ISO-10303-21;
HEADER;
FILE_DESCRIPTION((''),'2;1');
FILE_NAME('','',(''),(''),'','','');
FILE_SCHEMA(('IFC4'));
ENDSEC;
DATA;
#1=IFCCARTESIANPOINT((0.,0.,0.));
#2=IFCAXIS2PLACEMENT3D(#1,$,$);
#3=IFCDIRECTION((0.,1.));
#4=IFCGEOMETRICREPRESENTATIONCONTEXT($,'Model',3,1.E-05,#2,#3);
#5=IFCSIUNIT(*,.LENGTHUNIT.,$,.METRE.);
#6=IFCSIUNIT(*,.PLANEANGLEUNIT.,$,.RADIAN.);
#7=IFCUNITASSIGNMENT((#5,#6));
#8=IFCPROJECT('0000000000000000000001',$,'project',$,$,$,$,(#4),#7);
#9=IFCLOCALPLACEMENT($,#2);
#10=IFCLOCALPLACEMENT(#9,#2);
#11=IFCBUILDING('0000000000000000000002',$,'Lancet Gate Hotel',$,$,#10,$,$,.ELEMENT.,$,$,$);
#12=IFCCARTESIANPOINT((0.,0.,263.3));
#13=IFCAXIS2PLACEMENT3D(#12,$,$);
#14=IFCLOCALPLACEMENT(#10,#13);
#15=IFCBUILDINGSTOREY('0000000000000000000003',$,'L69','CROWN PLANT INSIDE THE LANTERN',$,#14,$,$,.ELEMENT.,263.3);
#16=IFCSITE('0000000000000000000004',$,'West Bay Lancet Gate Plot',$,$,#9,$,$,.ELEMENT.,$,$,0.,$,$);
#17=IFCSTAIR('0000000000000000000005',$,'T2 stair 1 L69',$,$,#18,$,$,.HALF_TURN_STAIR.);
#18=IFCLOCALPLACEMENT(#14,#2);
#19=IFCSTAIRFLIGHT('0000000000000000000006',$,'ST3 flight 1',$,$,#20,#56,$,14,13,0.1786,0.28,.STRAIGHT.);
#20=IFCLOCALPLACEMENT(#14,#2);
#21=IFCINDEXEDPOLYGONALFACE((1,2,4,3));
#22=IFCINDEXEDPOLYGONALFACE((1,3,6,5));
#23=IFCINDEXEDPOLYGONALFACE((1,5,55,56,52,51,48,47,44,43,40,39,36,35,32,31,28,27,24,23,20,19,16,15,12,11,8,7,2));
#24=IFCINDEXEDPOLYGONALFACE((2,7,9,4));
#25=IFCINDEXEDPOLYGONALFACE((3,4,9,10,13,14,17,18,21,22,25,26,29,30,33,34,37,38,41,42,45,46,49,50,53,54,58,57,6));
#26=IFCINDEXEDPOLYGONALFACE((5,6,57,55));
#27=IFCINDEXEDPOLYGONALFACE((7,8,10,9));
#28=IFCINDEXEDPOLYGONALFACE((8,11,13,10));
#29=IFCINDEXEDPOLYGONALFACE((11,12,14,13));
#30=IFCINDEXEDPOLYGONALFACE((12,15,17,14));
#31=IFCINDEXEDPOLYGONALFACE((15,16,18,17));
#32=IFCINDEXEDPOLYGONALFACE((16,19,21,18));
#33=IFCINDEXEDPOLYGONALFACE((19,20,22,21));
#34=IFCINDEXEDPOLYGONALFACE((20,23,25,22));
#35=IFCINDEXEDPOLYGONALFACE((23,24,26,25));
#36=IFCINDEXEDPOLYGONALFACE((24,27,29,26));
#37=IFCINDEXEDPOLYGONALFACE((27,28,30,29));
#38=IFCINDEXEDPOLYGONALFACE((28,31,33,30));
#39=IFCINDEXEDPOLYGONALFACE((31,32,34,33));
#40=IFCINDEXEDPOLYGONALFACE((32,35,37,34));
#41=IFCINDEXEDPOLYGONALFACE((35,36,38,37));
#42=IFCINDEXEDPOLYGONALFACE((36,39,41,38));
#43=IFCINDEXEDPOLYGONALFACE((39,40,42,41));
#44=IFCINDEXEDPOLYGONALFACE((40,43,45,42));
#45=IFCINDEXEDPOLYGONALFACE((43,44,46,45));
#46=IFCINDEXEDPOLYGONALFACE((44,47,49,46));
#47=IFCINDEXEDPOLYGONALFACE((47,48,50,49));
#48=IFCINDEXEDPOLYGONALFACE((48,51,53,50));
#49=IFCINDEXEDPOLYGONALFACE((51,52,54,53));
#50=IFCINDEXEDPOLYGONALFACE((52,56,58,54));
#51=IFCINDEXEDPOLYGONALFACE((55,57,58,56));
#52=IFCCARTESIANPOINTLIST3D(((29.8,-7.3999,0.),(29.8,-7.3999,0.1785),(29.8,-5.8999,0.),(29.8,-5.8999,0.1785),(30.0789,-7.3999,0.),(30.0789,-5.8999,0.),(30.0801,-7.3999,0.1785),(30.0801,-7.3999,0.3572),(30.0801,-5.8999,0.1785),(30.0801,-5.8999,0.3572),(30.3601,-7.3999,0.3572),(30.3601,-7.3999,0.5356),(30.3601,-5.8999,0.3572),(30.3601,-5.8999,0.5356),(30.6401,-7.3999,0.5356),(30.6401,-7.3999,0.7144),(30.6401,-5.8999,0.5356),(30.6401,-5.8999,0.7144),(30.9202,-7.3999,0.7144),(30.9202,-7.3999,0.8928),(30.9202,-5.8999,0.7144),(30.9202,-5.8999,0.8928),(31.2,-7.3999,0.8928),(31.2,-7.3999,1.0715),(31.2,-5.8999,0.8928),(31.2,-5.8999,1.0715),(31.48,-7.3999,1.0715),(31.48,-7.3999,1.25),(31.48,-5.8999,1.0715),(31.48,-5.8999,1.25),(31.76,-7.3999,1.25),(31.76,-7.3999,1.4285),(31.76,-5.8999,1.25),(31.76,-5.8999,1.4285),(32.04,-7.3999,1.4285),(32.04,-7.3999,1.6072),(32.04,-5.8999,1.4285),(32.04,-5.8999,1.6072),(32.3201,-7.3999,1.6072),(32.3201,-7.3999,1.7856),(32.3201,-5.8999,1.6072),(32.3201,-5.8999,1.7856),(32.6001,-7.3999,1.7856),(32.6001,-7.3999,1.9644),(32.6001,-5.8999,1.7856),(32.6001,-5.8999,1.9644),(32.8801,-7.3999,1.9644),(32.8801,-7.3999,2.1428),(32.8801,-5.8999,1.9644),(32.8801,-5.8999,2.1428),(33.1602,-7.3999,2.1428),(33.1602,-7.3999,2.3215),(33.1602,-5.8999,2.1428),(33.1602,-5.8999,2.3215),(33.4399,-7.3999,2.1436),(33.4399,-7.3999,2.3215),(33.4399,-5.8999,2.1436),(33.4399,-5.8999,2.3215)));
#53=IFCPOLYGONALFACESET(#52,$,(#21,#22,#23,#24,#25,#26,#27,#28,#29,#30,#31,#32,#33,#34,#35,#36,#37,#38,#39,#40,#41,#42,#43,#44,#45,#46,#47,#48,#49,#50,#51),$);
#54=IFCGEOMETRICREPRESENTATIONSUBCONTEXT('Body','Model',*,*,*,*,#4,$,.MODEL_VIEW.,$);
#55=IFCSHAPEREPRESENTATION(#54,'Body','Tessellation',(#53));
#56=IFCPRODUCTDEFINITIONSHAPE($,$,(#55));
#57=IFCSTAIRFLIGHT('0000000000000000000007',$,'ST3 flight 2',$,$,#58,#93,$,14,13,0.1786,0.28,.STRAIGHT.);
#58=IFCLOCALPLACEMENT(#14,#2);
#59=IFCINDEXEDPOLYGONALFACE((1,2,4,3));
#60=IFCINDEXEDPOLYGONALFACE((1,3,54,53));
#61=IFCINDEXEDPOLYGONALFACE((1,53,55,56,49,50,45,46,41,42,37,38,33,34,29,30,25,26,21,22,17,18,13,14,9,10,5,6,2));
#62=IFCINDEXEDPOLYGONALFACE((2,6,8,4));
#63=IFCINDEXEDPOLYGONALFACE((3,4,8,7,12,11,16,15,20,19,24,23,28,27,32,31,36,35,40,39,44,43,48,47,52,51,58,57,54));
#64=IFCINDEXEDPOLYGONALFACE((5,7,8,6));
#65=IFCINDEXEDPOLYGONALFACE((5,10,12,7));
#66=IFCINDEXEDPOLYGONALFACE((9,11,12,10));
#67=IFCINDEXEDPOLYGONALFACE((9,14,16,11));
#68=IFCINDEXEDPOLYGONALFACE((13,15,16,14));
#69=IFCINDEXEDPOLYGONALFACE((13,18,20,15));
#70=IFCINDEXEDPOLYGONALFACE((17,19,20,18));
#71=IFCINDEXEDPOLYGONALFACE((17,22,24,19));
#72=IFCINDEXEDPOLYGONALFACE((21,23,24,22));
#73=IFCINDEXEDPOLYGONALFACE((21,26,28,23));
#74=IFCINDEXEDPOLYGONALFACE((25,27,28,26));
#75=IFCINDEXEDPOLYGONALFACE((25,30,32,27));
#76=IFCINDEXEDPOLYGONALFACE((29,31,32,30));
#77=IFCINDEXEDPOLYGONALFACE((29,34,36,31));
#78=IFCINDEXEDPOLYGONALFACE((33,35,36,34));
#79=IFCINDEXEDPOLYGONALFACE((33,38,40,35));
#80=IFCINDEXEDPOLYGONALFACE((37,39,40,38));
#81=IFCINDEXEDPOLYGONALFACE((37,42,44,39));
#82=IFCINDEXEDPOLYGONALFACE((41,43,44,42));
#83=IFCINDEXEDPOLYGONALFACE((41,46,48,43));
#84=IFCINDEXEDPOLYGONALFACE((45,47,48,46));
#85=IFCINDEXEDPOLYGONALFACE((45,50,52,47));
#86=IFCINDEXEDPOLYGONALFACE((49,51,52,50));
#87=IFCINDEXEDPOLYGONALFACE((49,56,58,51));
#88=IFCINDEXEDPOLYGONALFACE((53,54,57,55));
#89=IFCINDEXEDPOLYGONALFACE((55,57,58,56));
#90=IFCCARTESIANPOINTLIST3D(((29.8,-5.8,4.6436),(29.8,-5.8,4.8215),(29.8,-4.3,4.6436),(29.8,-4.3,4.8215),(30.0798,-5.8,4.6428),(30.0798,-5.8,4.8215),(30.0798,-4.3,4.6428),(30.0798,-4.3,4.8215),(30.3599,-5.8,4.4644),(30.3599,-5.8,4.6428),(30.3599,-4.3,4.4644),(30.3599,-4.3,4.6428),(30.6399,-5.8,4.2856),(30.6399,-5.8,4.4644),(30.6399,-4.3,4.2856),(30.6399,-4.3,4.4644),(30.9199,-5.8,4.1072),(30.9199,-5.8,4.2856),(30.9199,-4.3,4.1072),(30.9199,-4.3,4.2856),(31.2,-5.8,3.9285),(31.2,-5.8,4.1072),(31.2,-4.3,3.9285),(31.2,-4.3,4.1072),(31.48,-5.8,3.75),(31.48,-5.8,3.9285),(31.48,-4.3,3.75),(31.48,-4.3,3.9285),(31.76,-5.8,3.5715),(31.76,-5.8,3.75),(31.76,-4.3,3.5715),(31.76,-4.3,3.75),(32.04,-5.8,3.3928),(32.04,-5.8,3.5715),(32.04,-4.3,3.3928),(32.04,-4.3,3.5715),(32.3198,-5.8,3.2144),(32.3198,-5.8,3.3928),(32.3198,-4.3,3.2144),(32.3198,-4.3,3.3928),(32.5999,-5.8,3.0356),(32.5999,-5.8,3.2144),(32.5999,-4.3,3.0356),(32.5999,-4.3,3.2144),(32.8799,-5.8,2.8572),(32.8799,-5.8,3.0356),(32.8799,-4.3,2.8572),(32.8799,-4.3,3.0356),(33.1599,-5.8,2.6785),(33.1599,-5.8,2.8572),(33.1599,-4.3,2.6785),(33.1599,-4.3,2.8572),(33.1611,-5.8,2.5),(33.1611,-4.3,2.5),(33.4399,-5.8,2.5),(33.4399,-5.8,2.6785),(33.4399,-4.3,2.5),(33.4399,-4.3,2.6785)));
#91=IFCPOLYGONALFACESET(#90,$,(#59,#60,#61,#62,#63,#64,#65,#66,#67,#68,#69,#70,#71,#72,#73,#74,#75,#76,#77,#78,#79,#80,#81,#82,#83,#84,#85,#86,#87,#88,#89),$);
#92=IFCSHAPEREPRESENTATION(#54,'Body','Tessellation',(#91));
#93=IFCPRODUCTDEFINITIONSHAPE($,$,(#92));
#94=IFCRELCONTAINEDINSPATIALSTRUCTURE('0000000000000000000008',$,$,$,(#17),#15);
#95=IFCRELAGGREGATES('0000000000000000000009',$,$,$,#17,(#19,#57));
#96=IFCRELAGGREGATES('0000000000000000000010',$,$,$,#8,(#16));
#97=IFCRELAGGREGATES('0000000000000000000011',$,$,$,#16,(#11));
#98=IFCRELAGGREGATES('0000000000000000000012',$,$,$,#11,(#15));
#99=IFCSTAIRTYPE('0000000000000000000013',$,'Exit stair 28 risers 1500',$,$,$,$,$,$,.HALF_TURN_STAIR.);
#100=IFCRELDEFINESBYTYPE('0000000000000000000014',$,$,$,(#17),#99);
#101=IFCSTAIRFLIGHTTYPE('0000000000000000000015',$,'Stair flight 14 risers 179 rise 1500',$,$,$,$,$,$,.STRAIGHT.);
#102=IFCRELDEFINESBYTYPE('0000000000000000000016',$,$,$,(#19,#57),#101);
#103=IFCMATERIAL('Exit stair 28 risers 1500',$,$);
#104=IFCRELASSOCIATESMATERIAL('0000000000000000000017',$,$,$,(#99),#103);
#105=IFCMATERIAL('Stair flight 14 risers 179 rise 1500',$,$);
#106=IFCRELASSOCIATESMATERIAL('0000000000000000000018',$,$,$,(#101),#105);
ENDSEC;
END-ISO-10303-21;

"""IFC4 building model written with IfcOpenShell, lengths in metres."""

from ifc_helpers import new_model, si_unit, direction, frame, origin, place, context, subcontext, project, spatial, polyline, outline, extrude, material, type_object, element, aggregate, save


model = new_model("IFC4")

# Units and contexts
model_context = context("Model", 3, precision=1e-05, world=origin(), true_north=direction((0.0, 1.0)))
body_context = subcontext(model_context, "Body", "Model", "MODEL_VIEW")
ifc_project = project(units=[si_unit("LENGTHUNIT", "METRE"), si_unit("PLANEANGLEUNIT", "RADIAN")], contexts=[model_context])

# Site, building, storey
site_placement = place(None, origin())
site = spatial("IfcSite", under=ifc_project, at=site_placement, Name="West Bay Lancet Gate Plot", CompositionType="ELEMENT", RefElevation=0.0)
building_placement = place(site_placement, origin())
building = spatial("IfcBuilding", under=site, at=building_placement, Name="Lancet Gate Hotel", CompositionType="ELEMENT")
storey_placement = place(building_placement, frame((0.0, 0.0, 263.3)))
storey = spatial("IfcBuildingStorey", under=building, at=storey_placement, Name="L69", Description="CROWN PLANT INSIDE THE LANTERN", CompositionType="ELEMENT", Elevation=263.3)

# Stair, stair flights
ifc_material_1 = material(Name="Exit stair 28 risers 1500")
stair_type = type_object("IfcStairType", Name="Exit stair 28 risers 1500", PredefinedType="HALF_TURN_STAIR", material=ifc_material_1)
stair_placement = place(storey_placement, origin())
stair = element("IfcStair", 1, at=stair_placement, inside=storey, type_object=stair_type, Name="T2 stair 1 L69", PredefinedType="HALF_TURN_STAIR")
ifc_material_2 = material(Name="Stair flight 14 risers 179 rise 1500")
stair_flight_type = type_object("IfcStairFlightType", Name="Stair flight 14 risers 179 rise 1500", PredefinedType="STRAIGHT", material=ifc_material_2)
stair_flight_1_placement = place(storey_placement, frame((29.8, -6.6499, 0.0), z_axis=(0.0, 0.0, 1.0), x_axis=(1.0, 0.0, 0.0)))
stair_flight_1 = element("IfcStairFlight", 2, at=stair_flight_1_placement, type_object=stair_flight_type, Name="ST3 flight 1", NumberOfRisers=14, NumberOfTreads=13, PredefinedType="STRAIGHT", RiserHeight=0.1786, TreadLength=0.28, context=body_context, shape_type="SweptSolid", body=[
    extrude(outline(polyline([(0.0, 0.0), (0.0, 0.1785), (0.28, 0.1785), (0.28, 0.3572), (0.5601, 0.3572), (0.5601, 0.5356), (0.8401, 0.5356), (0.8401, 0.7144), (1.1201, 0.7144), (1.1201, 0.8928), (1.3999, 0.8928), (1.3999, 1.0715), (1.6799, 1.0715), (1.6799, 1.25), (1.96, 1.25), (1.96, 1.4285), (2.24, 1.4285), (2.24, 1.6072), (2.52, 1.6072), (2.52, 1.7856), (2.8, 1.7856), (2.8, 1.9644), (3.0801, 1.9644), (3.0801, 2.1428), (3.3601, 2.1428), (3.3601, 2.3215), (3.6399, 2.3215), (3.6399, 2.5), (3.6399, 2.1436), (0.2788, 0.0), (0.0, 0.0)])), frame((0.0, 0.75, 0.0), z_axis=(0.0, -1.0, 0.0), x_axis=(1.0, 0.0, 0.0)), (0.0, 0.0, 1.0), 1.5),
])
stair_flight_2_placement = place(storey_placement, frame((33.4399, -5.05, 2.5), z_axis=(0.0, 0.0, 1.0), x_axis=(-1.0, 0.0, 0.0)))
stair_flight_2 = element("IfcStairFlight", 3, at=stair_flight_2_placement, type_object=stair_flight_type, Name="ST3 flight 2", NumberOfRisers=14, NumberOfTreads=13, PredefinedType="STRAIGHT", RiserHeight=0.1786, TreadLength=0.28, context=body_context, shape_type="SweptSolid", body=[
    extrude(outline(polyline([(0.0, 0.0), (0.0, 0.1785), (0.28, 0.1785), (0.28, 0.3572), (0.5601, 0.3572), (0.5601, 0.5356), (0.8401, 0.5356), (0.8401, 0.7144), (1.1201, 0.7144), (1.1201, 0.8928), (1.3999, 0.8928), (1.3999, 1.0715), (1.6799, 1.0715), (1.6799, 1.25), (1.96, 1.25), (1.96, 1.4285), (2.24, 1.4285), (2.24, 1.6072), (2.52, 1.6072), (2.52, 1.7856), (2.8, 1.7856), (2.8, 1.9644), (3.0801, 1.9644), (3.0801, 2.1428), (3.3601, 2.1428), (3.3601, 2.3215), (3.6399, 2.3215), (3.6399, 2.5), (3.6399, 2.1436), (0.2788, 0.0), (0.0, 0.0)])), frame((0.0, 0.75, 0.0), z_axis=(0.0, -1.0, 0.0), x_axis=(1.0, 0.0, 0.0)), (0.0, 0.0, 1.0), 1.5),
])
aggregate(stair, [stair_flight_1, stair_flight_2])

save(model, "model.ifc")
